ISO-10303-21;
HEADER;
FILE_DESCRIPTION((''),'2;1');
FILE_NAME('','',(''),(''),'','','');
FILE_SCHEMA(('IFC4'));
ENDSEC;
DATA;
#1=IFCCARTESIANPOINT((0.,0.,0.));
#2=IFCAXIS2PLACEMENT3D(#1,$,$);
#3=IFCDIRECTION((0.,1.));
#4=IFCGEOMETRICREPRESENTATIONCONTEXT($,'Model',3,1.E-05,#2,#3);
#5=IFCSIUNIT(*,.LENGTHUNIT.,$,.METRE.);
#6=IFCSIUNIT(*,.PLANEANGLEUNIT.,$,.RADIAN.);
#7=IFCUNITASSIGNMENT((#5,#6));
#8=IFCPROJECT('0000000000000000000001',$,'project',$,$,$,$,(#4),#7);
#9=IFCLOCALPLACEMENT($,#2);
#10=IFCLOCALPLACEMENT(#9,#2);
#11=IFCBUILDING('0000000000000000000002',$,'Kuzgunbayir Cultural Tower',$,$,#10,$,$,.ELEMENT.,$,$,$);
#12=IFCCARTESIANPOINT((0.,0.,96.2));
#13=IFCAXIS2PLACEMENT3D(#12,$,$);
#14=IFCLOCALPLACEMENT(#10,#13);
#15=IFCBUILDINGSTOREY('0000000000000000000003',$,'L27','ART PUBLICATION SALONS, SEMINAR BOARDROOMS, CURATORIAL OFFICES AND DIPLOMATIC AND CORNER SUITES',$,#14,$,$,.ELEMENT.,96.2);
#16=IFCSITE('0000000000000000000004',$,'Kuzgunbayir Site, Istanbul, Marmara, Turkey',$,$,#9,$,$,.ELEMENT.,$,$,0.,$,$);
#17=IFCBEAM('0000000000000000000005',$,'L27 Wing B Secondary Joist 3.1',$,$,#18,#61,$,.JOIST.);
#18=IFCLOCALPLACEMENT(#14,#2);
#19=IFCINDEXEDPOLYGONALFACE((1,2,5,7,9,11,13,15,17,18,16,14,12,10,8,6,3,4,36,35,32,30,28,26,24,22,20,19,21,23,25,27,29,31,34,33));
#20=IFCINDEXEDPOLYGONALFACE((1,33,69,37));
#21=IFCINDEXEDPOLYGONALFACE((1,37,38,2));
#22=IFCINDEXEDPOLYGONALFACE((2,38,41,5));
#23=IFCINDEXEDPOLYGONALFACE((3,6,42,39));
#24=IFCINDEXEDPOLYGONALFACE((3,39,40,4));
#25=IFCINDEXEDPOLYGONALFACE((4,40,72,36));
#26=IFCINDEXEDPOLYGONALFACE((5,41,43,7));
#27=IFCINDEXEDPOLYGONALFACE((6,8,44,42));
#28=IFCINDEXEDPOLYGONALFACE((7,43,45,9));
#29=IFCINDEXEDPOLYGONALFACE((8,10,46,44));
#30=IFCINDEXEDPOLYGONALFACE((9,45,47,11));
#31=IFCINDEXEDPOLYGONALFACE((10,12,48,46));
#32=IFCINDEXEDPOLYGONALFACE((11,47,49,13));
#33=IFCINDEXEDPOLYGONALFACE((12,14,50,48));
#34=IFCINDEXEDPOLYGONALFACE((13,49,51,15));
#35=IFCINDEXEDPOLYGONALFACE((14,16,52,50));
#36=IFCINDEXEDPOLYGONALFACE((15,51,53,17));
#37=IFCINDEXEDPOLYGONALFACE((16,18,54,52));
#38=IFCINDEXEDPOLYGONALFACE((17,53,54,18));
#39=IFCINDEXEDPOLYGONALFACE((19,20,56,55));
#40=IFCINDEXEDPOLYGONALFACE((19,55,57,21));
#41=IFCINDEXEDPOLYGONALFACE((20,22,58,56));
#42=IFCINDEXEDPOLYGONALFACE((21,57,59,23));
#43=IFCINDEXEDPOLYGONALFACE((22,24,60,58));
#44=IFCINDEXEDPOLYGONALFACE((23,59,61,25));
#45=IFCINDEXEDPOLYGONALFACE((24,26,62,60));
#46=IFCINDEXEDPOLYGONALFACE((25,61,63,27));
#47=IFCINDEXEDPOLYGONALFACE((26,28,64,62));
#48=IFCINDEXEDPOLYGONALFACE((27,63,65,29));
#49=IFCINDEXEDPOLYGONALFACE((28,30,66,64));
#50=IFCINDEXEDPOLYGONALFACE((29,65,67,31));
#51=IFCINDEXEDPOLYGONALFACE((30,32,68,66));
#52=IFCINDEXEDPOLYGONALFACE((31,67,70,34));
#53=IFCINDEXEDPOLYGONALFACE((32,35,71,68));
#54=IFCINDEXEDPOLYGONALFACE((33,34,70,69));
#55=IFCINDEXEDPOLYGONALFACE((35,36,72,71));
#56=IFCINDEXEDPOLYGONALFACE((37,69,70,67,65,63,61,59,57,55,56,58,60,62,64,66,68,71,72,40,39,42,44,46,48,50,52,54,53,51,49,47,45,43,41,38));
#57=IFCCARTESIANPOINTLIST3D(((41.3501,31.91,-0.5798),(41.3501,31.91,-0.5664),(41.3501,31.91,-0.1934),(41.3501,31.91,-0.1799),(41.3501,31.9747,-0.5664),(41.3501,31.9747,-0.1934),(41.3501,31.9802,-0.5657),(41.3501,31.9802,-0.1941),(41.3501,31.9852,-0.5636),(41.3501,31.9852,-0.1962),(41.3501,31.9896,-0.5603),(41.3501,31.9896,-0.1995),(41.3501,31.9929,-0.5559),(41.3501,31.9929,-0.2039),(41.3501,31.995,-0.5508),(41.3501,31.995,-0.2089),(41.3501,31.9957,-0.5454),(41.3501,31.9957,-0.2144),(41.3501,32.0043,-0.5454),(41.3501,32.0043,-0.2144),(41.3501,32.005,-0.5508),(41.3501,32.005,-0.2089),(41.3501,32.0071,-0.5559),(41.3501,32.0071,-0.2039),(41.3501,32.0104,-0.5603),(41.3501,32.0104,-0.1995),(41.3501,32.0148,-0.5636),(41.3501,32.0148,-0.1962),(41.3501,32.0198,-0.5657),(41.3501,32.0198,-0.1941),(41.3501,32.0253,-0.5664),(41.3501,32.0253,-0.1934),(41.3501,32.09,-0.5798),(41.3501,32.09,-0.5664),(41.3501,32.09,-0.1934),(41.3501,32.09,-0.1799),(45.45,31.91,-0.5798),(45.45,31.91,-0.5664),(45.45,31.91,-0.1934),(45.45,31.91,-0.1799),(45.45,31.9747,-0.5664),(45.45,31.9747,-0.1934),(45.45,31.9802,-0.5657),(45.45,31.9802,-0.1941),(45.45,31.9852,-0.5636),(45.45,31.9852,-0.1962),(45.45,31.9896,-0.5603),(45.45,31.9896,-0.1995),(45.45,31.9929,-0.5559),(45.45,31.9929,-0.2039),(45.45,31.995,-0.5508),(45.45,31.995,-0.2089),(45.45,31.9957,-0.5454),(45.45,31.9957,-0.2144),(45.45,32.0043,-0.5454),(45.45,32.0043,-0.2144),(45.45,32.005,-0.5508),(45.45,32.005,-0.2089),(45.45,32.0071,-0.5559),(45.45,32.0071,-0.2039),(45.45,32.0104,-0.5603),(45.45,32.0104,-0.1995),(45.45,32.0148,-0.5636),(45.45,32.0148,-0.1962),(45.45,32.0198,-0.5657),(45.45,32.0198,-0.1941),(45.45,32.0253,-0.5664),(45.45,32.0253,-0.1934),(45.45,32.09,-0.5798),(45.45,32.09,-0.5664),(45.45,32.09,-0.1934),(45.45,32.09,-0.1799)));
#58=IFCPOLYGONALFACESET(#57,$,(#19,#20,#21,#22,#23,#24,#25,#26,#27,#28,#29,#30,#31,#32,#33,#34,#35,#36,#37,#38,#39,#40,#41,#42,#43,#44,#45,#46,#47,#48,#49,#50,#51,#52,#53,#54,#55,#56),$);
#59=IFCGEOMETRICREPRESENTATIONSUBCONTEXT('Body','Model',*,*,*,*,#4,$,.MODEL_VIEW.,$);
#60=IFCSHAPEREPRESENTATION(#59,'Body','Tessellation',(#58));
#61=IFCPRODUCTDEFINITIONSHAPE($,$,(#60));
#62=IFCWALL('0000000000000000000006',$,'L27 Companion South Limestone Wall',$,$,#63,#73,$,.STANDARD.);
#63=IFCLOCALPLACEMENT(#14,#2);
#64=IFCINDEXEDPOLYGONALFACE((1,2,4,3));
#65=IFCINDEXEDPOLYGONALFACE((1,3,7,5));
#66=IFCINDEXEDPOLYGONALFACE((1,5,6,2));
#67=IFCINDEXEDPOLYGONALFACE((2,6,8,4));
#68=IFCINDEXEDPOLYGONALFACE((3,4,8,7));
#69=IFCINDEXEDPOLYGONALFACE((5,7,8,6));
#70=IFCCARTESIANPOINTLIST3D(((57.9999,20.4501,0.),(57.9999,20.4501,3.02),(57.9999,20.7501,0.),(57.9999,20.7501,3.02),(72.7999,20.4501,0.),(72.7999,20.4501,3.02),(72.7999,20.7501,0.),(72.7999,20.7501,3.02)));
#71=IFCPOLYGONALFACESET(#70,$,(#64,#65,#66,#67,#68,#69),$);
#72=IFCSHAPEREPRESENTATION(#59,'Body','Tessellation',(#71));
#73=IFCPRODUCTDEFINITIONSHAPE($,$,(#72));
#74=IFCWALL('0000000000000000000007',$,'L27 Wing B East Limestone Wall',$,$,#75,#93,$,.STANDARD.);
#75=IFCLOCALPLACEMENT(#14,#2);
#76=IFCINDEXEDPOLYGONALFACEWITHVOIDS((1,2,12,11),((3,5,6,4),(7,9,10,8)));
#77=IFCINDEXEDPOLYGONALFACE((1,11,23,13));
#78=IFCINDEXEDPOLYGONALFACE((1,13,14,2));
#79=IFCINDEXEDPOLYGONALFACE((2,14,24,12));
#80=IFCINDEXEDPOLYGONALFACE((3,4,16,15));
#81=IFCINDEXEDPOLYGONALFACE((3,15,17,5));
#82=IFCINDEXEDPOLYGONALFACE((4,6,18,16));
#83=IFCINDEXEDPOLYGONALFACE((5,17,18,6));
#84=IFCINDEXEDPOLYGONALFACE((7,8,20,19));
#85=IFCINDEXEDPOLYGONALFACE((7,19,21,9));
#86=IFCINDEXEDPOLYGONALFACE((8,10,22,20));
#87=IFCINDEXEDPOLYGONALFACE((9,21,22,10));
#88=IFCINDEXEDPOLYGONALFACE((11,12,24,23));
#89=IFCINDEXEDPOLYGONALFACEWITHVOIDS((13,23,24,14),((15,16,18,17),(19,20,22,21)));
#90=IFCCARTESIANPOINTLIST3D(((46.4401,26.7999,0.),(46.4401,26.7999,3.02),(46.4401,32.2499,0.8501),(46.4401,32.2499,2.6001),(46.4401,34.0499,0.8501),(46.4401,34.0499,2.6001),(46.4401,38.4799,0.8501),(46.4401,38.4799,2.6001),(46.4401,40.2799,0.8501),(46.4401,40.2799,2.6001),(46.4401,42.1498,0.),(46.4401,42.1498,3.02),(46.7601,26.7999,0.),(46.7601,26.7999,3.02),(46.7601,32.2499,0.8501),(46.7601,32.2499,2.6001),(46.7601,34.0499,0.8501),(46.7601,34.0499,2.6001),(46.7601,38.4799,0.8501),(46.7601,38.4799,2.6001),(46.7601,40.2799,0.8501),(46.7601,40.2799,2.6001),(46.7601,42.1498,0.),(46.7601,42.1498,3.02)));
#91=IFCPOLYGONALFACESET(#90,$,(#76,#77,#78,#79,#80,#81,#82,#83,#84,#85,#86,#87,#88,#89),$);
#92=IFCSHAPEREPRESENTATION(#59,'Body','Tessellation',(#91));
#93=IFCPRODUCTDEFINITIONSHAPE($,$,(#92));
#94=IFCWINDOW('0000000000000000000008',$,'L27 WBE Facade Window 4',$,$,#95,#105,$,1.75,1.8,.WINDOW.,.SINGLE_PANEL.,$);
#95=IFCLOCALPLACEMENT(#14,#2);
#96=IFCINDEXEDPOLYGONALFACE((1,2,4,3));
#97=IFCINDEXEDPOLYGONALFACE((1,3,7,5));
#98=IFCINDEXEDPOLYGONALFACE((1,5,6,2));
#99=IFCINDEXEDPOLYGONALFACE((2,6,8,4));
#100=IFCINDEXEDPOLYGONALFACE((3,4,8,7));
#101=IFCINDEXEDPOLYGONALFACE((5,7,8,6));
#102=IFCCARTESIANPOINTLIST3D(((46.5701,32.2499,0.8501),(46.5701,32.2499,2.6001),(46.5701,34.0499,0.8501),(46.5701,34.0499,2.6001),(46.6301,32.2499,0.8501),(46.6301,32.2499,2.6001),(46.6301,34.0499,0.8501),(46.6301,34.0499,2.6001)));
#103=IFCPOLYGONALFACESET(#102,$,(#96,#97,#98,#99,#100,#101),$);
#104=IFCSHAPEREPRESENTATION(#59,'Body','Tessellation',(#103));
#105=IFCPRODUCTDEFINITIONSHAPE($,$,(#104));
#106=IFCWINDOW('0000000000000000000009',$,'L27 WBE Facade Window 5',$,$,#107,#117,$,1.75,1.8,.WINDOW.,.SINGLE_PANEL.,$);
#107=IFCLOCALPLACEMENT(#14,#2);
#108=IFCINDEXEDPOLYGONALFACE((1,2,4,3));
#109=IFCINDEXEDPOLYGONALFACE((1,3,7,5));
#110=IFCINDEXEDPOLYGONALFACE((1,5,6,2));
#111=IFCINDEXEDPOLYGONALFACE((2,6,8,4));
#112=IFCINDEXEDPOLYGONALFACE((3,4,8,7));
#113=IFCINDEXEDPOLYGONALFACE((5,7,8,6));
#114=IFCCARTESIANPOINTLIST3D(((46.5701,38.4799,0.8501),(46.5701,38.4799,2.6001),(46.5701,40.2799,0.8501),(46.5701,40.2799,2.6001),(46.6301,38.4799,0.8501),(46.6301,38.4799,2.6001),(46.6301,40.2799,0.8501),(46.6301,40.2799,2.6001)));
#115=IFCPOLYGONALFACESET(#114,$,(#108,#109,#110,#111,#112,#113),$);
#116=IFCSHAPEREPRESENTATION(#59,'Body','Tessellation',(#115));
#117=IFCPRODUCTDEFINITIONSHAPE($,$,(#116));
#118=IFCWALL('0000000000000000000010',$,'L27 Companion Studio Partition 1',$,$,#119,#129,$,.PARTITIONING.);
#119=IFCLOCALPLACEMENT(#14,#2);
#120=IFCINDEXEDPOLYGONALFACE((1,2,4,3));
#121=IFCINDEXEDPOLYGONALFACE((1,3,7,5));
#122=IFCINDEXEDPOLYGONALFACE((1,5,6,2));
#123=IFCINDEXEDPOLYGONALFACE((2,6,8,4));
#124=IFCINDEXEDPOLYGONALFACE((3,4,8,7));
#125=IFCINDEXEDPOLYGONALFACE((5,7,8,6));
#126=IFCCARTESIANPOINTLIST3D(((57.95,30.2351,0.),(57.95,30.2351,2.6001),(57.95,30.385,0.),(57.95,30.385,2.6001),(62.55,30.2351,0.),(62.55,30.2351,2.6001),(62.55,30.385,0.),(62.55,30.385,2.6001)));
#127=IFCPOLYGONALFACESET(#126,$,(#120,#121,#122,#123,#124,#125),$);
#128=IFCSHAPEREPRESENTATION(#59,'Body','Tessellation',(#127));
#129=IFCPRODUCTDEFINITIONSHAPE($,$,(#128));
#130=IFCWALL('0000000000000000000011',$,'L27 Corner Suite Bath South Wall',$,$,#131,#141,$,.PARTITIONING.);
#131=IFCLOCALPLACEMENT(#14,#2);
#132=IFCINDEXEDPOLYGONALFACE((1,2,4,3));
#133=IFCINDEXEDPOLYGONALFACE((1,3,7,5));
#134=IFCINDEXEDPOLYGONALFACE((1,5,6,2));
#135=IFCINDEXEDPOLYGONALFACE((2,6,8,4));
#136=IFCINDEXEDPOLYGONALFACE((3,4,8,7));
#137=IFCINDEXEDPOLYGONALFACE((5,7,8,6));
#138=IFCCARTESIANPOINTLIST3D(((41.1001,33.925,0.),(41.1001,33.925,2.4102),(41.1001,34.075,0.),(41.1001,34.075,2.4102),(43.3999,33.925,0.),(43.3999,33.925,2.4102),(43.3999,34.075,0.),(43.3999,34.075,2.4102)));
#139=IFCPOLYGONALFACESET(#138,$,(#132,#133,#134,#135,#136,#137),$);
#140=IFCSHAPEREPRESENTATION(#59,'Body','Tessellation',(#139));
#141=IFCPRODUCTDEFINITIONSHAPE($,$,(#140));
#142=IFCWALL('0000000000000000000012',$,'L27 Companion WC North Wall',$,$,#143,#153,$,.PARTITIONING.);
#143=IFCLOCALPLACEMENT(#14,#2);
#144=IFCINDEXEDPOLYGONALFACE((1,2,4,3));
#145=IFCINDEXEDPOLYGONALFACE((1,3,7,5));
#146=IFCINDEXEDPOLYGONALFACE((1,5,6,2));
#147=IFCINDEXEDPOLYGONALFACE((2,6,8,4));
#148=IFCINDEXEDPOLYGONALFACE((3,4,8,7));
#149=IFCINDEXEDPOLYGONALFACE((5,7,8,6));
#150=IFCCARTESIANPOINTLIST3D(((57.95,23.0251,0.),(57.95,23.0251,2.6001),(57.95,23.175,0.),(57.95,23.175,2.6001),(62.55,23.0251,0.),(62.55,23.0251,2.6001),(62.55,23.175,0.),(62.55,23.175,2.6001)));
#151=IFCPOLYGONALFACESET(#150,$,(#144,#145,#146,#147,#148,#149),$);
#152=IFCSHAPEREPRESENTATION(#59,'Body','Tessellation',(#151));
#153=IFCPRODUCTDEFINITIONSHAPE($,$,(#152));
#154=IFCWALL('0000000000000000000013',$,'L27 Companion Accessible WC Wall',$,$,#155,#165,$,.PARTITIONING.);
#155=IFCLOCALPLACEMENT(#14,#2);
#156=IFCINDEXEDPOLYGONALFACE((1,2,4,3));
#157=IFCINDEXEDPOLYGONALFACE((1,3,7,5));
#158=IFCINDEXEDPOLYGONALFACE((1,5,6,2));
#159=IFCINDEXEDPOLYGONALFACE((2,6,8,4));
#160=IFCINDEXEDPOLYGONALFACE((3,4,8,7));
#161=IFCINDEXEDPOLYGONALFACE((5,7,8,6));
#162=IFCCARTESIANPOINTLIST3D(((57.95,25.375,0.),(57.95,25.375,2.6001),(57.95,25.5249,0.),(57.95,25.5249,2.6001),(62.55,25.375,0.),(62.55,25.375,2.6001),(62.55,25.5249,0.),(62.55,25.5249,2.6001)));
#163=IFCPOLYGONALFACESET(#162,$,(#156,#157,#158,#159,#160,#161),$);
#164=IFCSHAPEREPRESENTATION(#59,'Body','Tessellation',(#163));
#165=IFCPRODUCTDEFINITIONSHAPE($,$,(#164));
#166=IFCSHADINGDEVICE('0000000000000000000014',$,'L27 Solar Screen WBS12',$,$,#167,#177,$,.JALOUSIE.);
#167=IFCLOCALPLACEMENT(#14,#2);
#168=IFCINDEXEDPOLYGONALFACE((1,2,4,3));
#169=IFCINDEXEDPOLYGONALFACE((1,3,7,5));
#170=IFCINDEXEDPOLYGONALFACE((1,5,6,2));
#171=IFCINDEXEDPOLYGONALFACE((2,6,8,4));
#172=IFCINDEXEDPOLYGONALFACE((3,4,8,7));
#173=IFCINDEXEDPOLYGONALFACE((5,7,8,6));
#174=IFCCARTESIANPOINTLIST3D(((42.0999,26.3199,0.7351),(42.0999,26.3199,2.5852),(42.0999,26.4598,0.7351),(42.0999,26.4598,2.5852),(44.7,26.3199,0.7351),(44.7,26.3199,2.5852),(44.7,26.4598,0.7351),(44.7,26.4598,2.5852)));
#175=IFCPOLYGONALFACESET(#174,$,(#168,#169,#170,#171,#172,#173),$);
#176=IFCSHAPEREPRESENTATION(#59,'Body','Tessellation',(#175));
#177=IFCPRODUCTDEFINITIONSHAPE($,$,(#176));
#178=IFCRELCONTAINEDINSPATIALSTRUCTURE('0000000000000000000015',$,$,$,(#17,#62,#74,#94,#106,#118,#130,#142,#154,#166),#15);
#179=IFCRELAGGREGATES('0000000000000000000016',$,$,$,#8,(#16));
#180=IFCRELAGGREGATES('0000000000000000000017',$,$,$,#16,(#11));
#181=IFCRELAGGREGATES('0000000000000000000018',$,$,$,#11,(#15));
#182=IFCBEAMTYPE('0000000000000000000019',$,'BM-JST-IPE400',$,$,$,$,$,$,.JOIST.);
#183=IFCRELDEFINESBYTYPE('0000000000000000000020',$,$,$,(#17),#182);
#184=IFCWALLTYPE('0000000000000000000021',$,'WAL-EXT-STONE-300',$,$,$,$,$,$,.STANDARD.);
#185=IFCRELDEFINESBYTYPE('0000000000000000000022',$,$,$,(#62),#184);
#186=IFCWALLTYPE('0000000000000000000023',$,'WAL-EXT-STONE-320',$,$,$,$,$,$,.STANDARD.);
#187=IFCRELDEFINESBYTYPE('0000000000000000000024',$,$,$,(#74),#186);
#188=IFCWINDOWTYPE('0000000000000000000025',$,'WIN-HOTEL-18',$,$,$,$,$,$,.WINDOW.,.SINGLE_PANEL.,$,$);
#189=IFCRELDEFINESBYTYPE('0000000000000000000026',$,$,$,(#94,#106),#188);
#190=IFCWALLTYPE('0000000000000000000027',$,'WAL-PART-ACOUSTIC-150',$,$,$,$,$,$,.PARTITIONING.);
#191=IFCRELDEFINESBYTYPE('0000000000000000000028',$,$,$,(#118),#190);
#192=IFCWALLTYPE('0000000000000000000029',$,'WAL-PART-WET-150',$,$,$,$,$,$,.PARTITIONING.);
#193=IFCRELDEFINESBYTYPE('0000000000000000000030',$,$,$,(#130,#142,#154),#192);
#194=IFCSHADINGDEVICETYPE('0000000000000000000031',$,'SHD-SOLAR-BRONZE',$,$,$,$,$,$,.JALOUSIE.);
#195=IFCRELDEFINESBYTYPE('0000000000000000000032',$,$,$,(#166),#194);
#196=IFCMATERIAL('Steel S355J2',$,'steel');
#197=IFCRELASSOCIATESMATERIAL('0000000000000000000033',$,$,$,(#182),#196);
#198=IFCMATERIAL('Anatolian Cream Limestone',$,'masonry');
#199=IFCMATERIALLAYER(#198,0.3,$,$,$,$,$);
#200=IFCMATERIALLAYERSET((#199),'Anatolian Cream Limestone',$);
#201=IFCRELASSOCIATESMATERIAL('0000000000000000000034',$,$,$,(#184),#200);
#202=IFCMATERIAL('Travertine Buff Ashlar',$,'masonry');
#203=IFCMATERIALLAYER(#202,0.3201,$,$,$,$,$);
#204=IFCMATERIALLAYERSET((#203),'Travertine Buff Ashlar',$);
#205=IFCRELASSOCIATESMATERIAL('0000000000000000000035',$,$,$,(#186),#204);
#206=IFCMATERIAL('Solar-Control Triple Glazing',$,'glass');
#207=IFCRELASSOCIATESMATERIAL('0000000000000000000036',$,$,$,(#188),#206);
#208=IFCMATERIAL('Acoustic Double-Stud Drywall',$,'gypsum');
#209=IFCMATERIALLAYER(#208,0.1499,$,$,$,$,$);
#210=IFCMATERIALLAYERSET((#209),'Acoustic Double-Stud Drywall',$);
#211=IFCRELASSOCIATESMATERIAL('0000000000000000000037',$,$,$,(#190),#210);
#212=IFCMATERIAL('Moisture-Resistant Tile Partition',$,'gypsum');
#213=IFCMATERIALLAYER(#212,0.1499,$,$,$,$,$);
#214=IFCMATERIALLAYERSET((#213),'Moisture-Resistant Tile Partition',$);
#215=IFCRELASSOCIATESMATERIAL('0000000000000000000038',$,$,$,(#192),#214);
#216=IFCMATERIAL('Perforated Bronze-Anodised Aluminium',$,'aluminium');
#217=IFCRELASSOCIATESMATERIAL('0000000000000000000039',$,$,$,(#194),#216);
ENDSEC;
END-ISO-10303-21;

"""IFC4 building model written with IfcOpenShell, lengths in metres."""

from ifc_helpers import new_model, si_unit, direction, frame, frame_2d, origin, origin_2d, place, context, subcontext, project, spatial, rectangle, i_section, extrude, material, layer, layer_set, material_profile, profile_set, type_object, element, fill, save


model = new_model("IFC4")

# Units and contexts
model_context = context("Model", 3, precision=1e-05, world=origin(), true_north=direction((0.0, 1.0)))
body_context = subcontext(model_context, "Body", "Model", "MODEL_VIEW")
ifc_project = project(units=[si_unit("LENGTHUNIT", "METRE"), si_unit("PLANEANGLEUNIT", "RADIAN")], contexts=[model_context])

# Site, building, storey
site_placement = place(None, origin())
site = spatial("IfcSite", under=ifc_project, at=site_placement, Name="Kuzgunbayir Site, Istanbul, Marmara, Turkey", CompositionType="ELEMENT", RefElevation=0.0)
building_placement = place(site_placement, origin())
building = spatial("IfcBuilding", under=site, at=building_placement, Name="Kuzgunbayir Cultural Tower", CompositionType="ELEMENT")
storey_placement = place(building_placement, frame((0.0, 0.0, 96.2)))
storey = spatial("IfcBuildingStorey", under=building, at=storey_placement, Name="L27", Description="ART PUBLICATION SALONS, SEMINAR BOARDROOMS, CURATORIAL OFFICES AND DIPLOMATIC AND CORNER SUITES", CompositionType="ELEMENT", Elevation=96.2)

# Beam
ifc_material_1 = material(Name="Steel S355J2", Category="steel")
ifc_material_profile_1 = material_profile(ifc_material_1, i_section(OverallWidth=0.1799, OverallDepth=0.3999, WebThickness=0.0085, FlangeThickness=0.0134, FilletRadius=0.021, at=origin_2d()), Name="IPE 400")
ifc_profile_set_1 = profile_set([ifc_material_profile_1], Name="Steel S355J2")
beam_type_1 = type_object("IfcBeamType", Name="BM-JST-IPE400", PredefinedType="JOIST", material=ifc_profile_set_1)
beam_1_placement = place(storey_placement, frame((41.3501, 32.0, -0.3799), z_axis=(1.0, 0.0, 0.0), x_axis=(0.0, 1.0, 0.0)))
element("IfcBeam", 1, at=beam_1_placement, inside=storey, type_object=beam_type_1, Name="L27 Wing B Secondary Joist 3.1", PredefinedType="JOIST", context=body_context, shape_type="SweptSolid", body=[
    extrude(i_section(OverallWidth=0.1799, OverallDepth=0.3999, WebThickness=0.0085, FlangeThickness=0.0134, FilletRadius=0.021, at=origin_2d()), origin(), (0.0, 0.0, 1.0), 4.0999),
])

# Wall
ifc_material_2 = material(Name="Anatolian Cream Limestone", Category="masonry")
ifc_layer_1 = layer(ifc_material_2, 0.3)
ifc_layer_set_1 = layer_set([ifc_layer_1], Name="Anatolian Cream Limestone")
wall_type_1 = type_object("IfcWallType", Name="WAL-EXT-STONE-300", PredefinedType="STANDARD", material=ifc_layer_set_1)
wall_1_placement = place(storey_placement, frame((58.0, 20.6001, 0.0), z_axis=(0.0, 0.0, 1.0), x_axis=(1.0, 0.0, 0.0)))
element("IfcWall", 2, at=wall_1_placement, inside=storey, type_object=wall_type_1, Name="L27 Companion South Limestone Wall", PredefinedType="STANDARD", context=body_context, shape_type="SweptSolid", body=[
    extrude(rectangle(XDim=14.8, YDim=0.3, at=frame_2d((7.3999, 0.0))), origin(), (0.0, 0.0, 1.0), 3.02),
])

# Wall, openings, windows
ifc_material_3 = material(Name="Travertine Buff Ashlar", Category="masonry")
ifc_layer_2 = layer(ifc_material_3, 0.3201)
ifc_layer_set_2 = layer_set([ifc_layer_2], Name="Travertine Buff Ashlar")
wall_type_2 = type_object("IfcWallType", Name="WAL-EXT-STONE-320", PredefinedType="STANDARD", material=ifc_layer_set_2)
wall_2_placement = place(storey_placement, frame((46.6001, 26.8, 0.0), z_axis=(0.0, 0.0, 1.0), x_axis=(0.0, 1.0, 0.0)))
wall_2 = element("IfcWall", 3, at=wall_2_placement, inside=storey, type_object=wall_type_2, Name="L27 Wing B East Limestone Wall", PredefinedType="STANDARD", context=body_context, shape_type="SweptSolid", body=[
    extrude(rectangle(XDim=15.3499, YDim=0.3201, at=frame_2d((7.6748, 0.0))), origin(), (0.0, 0.0, 1.0), 3.02),
])
opening_1_placement = place(wall_2_placement, frame((5.45, 0.0, 0.8501)))
opening_1 = element("IfcOpeningElement", 4, at=opening_1_placement, cuts=wall_2, PredefinedType="OPENING", context=body_context, shape_type="SweptSolid", body=[
    extrude(rectangle(XDim=1.8, YDim=1.75, at=frame_2d((0.8999, 0.875))), frame((0.0, 0.1699, 0.0), z_axis=(0.0, -1.0, 0.0), x_axis=(1.0, 0.0, 0.0)), (0.0, 0.0, 1.0), 0.3401),
])
opening_2_placement = place(wall_2_placement, frame((11.6799, 0.0, 0.8501)))
opening_2 = element("IfcOpeningElement", 5, at=opening_2_placement, cuts=wall_2, PredefinedType="OPENING", context=body_context, shape_type="SweptSolid", body=[
    extrude(rectangle(XDim=1.8, YDim=1.75, at=frame_2d((0.8999, 0.875))), frame((0.0, 0.1699, 0.0), z_axis=(0.0, -1.0, 0.0), x_axis=(1.0, 0.0, 0.0)), (0.0, 0.0, 1.0), 0.3401),
])
ifc_material_4 = material(Name="Solar-Control Triple Glazing", Category="glass")
window_type = type_object("IfcWindowType", Name="WIN-HOTEL-18", PartitioningType="SINGLE_PANEL", PredefinedType="WINDOW", material=ifc_material_4)
window_1_placement = place(opening_1_placement, origin())
window_1 = element("IfcWindow", 6, at=window_1_placement, inside=storey, type_object=window_type, Name="L27 WBE Facade Window 4", OverallHeight=1.75, OverallWidth=1.8, PartitioningType="SINGLE_PANEL", PredefinedType="WINDOW", context=body_context, shape_type="SweptSolid", body=[
    extrude(rectangle(XDim=1.8, YDim=1.75, at=frame_2d((0.8999, 0.875))), frame((0.0, 0.03, 0.0), z_axis=(0.0, -1.0, 0.0), x_axis=(1.0, 0.0, 0.0)), (0.0, 0.0, 1.0), 0.0601),
])
fill(opening_1, window_1)
window_2_placement = place(opening_2_placement, origin())
window_2 = element("IfcWindow", 7, at=window_2_placement, inside=storey, type_object=window_type, Name="L27 WBE Facade Window 5", OverallHeight=1.75, OverallWidth=1.8, PartitioningType="SINGLE_PANEL", PredefinedType="WINDOW", context=body_context, shape_type="SweptSolid", body=[
    extrude(rectangle(XDim=1.8, YDim=1.75, at=frame_2d((0.8999, 0.875))), frame((0.0, 0.03, 0.0), z_axis=(0.0, -1.0, 0.0), x_axis=(1.0, 0.0, 0.0)), (0.0, 0.0, 1.0), 0.0601),
])
fill(opening_2, window_2)

# Wall
ifc_material_5 = material(Name="Acoustic Double-Stud Drywall", Category="gypsum")
ifc_layer_3 = layer(ifc_material_5, 0.1499)
ifc_layer_set_3 = layer_set([ifc_layer_3], Name="Acoustic Double-Stud Drywall")
wall_type_3 = type_object("IfcWallType", Name="WAL-PART-ACOUSTIC-150", PredefinedType="PARTITIONING", material=ifc_layer_set_3)
wall_3_placement = place(storey_placement, frame((57.95, 30.3101, 0.0), z_axis=(0.0, 0.0, 1.0), x_axis=(1.0, 0.0, 0.0)))
element("IfcWall", 8, at=wall_3_placement, inside=storey, type_object=wall_type_3, Name="L27 Companion Studio Partition 1", PredefinedType="PARTITIONING", context=body_context, shape_type="SweptSolid", body=[
    extrude(rectangle(XDim=4.6001, YDim=0.1499, at=frame_2d((2.3, 0.0))), origin(), (0.0, 0.0, 1.0), 2.6001),
])

# Shared definitions
ifc_material_6 = material(Name="Moisture-Resistant Tile Partition", Category="gypsum")
ifc_layer_4 = layer(ifc_material_6, 0.1499)
ifc_layer_set_4 = layer_set([ifc_layer_4], Name="Moisture-Resistant Tile Partition")
wall_type_4 = type_object("IfcWallType", Name="WAL-PART-WET-150", PredefinedType="PARTITIONING", material=ifc_layer_set_4)

# Walls
wall_4_placement = place(storey_placement, frame((41.1001, 34.0, 0.0), z_axis=(0.0, 0.0, 1.0), x_axis=(1.0, 0.0, 0.0)))
element("IfcWall", 9, at=wall_4_placement, inside=storey, type_object=wall_type_4, Name="L27 Corner Suite Bath South Wall", PredefinedType="PARTITIONING", context=body_context, shape_type="SweptSolid", body=[
    extrude(rectangle(XDim=2.2998, YDim=0.1499, at=frame_2d((1.1499, 0.0))), origin(), (0.0, 0.0, 1.0), 2.4102),
])
for number, where, z_axis, x_axis, name in (
    (10, (57.95, 23.1001, 0.0), (0.0, 0.0, 1.0), (1.0, 0.0, 0.0), "L27 Companion WC North Wall"),
    (11, (57.95, 25.45, 0.0), (0.0, 0.0, 1.0), (1.0, 0.0, 0.0), "L27 Companion Accessible WC Wall"),
):
    element("IfcWall", number, at=place(storey_placement, frame(where, z_axis=z_axis, x_axis=x_axis)), inside=storey, type_object=wall_type_4, Name=name, PredefinedType="PARTITIONING", context=body_context, shape_type="SweptSolid", body=[
        extrude(rectangle(XDim=4.6001, YDim=0.1499, at=frame_2d((2.3, 0.0))), origin(), (0.0, 0.0, 1.0), 2.6001),
    ])

# Shading device
ifc_material_7 = material(Name="Perforated Bronze-Anodised Aluminium", Category="aluminium")
shading_device_type = type_object("IfcShadingDeviceType", Name="SHD-SOLAR-BRONZE", PredefinedType="JALOUSIE", material=ifc_material_7)
shading_device_1_placement = place(storey_placement, frame((43.3999, 26.3899, 0.7351), z_axis=(0.0, 0.0, 1.0), x_axis=(1.0, 0.0, 0.0)))
element("IfcShadingDevice", 12, at=shading_device_1_placement, inside=storey, type_object=shading_device_type, Name="L27 Solar Screen WBS12", PredefinedType="JALOUSIE", context=body_context, shape_type="SweptSolid", body=[
    extrude(rectangle(XDim=2.6001, YDim=0.1399, at=origin_2d()), origin(), (0.0, 0.0, 1.0), 1.8501),
])

save(model, "model.ifc")
